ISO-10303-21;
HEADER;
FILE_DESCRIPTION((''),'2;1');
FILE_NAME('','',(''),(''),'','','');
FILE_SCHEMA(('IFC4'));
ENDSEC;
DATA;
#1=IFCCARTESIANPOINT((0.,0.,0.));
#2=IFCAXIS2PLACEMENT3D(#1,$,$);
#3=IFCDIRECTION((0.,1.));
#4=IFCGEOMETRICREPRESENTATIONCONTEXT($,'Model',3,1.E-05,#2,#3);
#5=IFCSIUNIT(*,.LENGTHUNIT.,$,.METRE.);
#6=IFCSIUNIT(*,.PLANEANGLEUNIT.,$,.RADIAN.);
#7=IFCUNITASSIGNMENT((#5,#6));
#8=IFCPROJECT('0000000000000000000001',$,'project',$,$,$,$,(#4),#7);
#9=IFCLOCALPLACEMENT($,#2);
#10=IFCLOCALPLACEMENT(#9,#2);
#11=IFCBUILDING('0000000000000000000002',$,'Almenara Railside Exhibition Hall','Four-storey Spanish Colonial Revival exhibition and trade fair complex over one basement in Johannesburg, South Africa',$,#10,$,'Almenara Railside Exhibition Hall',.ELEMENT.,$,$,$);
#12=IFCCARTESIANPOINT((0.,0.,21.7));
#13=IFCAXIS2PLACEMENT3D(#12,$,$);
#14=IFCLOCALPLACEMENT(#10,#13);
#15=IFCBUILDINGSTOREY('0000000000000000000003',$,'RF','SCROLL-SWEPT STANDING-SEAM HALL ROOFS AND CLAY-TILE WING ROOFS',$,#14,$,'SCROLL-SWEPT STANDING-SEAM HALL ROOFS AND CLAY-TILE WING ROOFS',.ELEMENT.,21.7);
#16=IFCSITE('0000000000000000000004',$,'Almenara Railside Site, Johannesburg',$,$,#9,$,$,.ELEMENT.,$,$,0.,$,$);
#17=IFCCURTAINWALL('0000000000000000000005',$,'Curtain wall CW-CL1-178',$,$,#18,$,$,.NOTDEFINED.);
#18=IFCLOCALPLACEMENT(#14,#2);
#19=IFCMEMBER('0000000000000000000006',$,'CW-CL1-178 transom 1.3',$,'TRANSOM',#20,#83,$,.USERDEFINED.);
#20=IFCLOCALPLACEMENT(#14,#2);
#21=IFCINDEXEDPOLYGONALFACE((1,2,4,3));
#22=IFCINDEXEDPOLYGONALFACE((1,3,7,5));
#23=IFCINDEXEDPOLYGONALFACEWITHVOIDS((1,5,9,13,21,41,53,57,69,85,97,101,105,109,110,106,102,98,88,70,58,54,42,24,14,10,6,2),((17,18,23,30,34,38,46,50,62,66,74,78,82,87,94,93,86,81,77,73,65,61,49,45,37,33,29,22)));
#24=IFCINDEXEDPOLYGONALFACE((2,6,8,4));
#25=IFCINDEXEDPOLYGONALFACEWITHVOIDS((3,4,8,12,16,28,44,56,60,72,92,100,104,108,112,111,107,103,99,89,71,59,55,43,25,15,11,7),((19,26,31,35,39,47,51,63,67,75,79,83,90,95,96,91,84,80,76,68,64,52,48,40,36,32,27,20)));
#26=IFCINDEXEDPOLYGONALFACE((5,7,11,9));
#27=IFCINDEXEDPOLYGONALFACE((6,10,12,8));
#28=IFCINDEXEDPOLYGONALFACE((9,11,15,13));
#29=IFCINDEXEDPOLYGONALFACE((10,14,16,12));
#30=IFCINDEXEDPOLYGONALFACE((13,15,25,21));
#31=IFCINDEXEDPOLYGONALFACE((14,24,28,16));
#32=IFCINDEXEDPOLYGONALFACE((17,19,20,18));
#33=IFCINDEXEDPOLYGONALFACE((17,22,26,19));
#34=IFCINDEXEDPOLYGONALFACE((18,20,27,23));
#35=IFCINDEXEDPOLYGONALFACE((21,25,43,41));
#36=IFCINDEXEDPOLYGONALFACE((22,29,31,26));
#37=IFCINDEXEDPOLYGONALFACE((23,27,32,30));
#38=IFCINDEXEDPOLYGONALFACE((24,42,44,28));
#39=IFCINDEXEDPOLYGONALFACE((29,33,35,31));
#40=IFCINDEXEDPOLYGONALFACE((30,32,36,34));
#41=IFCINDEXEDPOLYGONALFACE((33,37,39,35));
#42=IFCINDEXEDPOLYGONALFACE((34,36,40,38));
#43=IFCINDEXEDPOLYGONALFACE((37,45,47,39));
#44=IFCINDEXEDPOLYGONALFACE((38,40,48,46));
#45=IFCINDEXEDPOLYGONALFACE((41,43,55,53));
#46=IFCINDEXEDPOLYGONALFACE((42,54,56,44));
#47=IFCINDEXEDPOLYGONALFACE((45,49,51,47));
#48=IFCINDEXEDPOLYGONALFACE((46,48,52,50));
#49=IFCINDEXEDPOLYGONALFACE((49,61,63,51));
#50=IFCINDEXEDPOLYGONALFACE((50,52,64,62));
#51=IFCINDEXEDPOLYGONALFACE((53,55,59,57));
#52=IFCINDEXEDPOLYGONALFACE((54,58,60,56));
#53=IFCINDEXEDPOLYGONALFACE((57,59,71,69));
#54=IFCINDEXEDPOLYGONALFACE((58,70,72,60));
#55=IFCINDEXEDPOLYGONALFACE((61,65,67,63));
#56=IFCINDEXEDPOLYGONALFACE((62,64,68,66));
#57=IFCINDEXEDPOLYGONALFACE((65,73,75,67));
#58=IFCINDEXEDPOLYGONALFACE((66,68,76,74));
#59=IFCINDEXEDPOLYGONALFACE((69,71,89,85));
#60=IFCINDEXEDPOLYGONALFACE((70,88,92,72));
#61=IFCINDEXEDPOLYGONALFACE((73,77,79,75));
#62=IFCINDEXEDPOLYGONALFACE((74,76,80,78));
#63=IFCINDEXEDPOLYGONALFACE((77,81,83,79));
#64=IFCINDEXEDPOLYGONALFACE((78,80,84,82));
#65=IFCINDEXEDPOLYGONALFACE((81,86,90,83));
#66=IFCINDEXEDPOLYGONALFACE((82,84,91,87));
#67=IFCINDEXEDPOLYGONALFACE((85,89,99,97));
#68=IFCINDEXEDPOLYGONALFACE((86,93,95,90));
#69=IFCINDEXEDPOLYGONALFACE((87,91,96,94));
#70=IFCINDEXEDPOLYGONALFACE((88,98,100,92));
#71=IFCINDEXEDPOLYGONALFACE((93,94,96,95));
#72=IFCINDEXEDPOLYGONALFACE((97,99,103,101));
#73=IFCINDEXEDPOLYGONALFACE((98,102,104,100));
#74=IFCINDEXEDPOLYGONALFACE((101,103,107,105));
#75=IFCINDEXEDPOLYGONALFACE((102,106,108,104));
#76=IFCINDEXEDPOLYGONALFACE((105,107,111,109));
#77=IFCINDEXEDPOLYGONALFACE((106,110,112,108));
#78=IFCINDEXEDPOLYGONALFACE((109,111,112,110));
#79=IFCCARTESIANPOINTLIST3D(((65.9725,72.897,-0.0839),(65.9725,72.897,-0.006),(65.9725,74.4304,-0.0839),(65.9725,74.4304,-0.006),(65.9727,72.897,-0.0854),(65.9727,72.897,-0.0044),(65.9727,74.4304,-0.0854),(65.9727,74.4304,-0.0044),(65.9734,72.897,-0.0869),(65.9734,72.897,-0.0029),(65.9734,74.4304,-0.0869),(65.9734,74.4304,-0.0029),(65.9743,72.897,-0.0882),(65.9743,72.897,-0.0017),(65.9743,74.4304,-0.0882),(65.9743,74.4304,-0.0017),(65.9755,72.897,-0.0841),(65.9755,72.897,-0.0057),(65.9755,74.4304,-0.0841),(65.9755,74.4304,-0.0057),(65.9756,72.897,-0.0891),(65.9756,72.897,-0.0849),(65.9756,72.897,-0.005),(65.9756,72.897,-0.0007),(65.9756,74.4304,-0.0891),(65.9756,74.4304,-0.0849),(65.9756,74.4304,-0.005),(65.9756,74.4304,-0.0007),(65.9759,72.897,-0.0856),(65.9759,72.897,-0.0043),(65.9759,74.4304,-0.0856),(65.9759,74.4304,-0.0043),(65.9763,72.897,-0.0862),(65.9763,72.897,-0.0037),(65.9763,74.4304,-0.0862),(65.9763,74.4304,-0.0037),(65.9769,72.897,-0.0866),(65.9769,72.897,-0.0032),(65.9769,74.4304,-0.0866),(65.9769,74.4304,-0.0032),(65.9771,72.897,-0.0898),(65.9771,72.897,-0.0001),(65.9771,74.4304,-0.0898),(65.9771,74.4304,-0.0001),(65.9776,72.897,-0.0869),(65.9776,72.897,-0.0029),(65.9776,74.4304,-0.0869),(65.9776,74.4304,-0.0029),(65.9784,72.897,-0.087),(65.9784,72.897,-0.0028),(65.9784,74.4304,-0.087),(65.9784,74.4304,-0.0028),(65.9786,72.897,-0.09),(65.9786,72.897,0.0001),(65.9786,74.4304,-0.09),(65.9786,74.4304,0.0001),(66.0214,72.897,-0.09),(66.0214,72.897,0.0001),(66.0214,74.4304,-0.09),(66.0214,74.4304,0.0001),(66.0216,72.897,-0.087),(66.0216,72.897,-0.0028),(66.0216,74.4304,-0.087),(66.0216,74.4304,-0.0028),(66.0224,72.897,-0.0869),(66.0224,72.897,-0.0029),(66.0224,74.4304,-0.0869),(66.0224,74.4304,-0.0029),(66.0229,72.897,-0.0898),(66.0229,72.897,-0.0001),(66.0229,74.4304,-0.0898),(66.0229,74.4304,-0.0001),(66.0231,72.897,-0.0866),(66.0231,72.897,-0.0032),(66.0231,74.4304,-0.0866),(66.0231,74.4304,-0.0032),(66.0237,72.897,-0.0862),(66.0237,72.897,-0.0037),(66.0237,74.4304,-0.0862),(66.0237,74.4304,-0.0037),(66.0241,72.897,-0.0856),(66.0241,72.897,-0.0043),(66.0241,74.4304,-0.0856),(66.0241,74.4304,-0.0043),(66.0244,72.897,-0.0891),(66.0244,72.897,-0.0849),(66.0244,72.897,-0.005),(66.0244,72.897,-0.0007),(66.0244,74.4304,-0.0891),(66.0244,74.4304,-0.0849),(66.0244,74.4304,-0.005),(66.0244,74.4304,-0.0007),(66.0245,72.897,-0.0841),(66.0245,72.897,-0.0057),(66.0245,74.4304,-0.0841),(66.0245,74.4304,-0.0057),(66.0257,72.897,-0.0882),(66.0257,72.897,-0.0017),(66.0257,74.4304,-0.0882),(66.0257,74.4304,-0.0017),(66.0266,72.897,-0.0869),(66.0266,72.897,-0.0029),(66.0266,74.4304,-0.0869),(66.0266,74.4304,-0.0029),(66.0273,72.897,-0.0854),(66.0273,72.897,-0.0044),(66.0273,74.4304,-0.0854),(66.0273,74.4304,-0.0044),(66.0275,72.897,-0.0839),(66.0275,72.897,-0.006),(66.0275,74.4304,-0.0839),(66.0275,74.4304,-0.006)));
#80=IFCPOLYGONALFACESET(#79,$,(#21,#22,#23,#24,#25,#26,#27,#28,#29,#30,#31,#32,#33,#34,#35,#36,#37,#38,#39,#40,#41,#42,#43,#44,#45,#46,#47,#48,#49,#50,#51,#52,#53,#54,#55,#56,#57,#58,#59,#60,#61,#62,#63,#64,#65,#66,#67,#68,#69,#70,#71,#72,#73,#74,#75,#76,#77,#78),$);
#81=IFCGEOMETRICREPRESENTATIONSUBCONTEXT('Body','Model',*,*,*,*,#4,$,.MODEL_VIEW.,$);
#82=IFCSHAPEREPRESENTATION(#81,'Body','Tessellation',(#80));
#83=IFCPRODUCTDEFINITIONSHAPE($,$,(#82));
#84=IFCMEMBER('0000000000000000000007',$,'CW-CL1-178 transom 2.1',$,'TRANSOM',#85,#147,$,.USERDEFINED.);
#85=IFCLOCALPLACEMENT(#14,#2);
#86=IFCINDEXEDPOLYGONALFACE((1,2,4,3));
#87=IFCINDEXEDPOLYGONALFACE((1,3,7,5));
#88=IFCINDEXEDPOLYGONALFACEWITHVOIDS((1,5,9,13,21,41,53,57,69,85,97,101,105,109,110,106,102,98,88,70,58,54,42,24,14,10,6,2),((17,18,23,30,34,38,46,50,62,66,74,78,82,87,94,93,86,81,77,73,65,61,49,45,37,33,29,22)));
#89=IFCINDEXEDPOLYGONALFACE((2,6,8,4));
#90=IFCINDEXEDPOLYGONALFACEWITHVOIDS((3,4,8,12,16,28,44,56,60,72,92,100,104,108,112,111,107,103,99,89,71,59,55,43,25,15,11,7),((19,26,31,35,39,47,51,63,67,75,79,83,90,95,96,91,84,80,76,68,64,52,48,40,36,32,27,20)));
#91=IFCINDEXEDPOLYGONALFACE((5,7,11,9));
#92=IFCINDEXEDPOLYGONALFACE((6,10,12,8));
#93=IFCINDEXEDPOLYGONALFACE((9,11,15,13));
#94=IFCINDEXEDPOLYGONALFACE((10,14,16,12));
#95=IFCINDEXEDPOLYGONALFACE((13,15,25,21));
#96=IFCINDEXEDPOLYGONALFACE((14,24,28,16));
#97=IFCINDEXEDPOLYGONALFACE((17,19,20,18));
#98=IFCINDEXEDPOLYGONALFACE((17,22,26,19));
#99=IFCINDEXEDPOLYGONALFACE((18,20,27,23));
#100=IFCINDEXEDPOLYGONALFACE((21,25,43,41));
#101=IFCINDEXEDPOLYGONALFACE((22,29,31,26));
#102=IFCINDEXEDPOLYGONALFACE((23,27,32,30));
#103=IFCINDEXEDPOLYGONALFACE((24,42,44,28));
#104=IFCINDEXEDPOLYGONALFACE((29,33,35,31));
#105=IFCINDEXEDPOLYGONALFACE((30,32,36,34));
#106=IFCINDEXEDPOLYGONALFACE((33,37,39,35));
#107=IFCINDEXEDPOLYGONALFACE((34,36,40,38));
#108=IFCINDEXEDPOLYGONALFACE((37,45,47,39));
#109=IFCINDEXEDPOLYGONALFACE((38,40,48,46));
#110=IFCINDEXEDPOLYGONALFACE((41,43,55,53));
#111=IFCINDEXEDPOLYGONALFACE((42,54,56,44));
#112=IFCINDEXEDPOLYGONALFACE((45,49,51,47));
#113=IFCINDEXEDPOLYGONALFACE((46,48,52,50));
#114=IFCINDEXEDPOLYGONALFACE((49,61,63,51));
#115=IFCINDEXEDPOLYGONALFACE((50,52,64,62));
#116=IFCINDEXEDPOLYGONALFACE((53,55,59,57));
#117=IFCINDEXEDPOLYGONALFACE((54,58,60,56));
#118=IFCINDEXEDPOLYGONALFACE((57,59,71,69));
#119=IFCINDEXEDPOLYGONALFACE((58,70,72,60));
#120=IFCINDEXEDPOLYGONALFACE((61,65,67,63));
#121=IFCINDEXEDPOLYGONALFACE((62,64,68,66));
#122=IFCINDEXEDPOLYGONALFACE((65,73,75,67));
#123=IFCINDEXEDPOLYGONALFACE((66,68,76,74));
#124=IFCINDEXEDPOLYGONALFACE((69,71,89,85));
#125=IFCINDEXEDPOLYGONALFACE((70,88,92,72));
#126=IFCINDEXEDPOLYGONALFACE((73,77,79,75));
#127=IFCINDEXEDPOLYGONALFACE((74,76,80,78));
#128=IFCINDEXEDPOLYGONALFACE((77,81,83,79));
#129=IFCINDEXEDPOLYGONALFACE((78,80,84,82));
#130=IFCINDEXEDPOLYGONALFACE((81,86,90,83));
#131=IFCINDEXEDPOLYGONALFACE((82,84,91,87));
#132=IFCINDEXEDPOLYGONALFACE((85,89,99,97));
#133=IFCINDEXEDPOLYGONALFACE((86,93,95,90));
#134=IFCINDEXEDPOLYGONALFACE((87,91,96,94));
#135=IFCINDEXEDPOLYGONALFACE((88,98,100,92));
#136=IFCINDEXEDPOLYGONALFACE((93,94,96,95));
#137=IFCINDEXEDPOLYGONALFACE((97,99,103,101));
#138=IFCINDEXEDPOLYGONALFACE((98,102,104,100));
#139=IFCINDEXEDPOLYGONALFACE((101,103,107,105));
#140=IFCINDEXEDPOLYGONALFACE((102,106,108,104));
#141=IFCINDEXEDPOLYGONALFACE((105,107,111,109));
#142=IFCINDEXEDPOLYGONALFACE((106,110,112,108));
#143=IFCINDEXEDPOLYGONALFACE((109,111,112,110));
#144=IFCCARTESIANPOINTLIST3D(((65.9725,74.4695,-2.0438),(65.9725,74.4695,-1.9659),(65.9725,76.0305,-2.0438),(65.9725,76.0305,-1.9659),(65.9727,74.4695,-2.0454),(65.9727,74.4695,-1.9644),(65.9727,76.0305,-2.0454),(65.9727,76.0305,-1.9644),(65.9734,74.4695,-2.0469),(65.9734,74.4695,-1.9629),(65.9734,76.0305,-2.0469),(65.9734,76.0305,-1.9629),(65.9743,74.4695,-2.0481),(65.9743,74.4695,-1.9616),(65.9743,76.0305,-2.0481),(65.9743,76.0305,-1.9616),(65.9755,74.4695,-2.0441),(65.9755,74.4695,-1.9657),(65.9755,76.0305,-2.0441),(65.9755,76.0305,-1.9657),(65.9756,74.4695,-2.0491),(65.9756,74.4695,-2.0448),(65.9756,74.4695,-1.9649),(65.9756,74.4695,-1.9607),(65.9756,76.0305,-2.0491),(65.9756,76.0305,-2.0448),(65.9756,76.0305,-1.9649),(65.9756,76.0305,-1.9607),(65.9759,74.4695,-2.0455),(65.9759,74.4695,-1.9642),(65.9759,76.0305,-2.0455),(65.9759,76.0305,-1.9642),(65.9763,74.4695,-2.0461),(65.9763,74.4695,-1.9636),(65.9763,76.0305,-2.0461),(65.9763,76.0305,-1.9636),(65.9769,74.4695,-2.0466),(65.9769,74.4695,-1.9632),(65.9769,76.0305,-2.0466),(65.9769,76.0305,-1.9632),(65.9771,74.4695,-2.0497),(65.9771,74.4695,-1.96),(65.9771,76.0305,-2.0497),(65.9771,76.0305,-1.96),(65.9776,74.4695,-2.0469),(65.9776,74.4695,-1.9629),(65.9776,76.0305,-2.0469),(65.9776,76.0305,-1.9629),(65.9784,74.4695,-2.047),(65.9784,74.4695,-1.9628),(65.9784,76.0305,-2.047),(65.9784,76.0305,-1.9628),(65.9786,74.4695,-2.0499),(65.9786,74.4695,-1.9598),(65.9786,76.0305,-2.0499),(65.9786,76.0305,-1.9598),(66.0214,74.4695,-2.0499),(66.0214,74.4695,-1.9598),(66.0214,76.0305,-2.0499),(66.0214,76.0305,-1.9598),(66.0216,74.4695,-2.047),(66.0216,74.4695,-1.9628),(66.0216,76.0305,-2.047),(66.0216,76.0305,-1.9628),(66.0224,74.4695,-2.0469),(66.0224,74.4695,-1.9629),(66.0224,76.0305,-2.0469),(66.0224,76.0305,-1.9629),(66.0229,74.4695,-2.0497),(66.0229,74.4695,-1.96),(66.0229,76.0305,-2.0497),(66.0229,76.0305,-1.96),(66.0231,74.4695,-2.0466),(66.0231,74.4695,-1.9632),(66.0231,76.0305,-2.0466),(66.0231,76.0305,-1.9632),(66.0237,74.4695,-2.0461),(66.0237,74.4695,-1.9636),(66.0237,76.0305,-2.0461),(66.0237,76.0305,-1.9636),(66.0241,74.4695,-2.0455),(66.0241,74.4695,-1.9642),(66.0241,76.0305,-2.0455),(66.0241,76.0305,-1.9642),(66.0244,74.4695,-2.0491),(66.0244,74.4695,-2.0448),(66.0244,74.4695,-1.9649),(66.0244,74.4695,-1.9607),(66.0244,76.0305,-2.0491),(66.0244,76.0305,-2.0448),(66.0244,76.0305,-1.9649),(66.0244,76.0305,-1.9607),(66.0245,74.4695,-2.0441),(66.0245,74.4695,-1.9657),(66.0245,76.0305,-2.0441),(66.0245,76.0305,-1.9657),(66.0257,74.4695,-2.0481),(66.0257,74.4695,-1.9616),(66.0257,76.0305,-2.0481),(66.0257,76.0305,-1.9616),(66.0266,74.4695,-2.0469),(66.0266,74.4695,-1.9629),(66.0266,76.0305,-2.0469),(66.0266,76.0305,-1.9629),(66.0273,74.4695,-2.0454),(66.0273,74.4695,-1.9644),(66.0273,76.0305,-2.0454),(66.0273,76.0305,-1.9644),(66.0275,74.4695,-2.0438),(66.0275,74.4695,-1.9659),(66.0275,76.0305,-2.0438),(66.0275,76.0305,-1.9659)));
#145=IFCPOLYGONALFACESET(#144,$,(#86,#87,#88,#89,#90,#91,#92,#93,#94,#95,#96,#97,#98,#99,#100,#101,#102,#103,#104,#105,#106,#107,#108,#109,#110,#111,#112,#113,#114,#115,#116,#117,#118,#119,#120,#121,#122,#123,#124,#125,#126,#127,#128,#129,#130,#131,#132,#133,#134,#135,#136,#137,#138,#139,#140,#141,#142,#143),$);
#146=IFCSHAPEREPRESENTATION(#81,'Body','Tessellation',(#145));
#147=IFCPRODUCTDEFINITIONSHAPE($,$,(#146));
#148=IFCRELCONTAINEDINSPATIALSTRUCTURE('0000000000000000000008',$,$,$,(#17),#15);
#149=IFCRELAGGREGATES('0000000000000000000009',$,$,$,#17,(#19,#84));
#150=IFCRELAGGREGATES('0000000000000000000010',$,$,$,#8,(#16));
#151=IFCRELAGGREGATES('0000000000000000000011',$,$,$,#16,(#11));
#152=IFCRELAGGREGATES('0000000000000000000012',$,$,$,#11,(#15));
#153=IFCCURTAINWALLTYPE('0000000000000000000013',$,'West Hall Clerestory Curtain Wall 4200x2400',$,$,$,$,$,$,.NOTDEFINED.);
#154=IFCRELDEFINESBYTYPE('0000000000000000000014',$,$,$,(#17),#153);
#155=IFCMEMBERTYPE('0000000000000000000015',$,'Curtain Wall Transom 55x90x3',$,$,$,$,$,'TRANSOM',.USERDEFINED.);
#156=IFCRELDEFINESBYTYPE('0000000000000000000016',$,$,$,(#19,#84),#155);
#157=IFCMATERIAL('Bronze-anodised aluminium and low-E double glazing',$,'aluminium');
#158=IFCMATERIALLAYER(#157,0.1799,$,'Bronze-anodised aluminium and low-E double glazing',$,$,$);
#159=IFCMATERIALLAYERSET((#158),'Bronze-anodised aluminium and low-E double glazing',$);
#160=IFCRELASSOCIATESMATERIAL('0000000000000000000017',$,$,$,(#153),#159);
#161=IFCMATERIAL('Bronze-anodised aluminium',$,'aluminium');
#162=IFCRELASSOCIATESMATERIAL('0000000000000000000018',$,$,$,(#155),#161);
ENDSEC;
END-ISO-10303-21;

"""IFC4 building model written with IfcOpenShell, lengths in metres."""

from ifc_helpers import new_model, si_unit, direction, frame, origin, origin_2d, place, context, subcontext, project, spatial, hollow_rectangle, extrude, material, layer, layer_set, material_profile, profile_set, type_object, element, aggregate, save


model = new_model("IFC4")

# Units and contexts
model_context = context("Model", 3, precision=1e-05, world=origin(), true_north=direction((0.0, 1.0)))
body_context = subcontext(model_context, "Body", "Model", "MODEL_VIEW")
ifc_project = project(units=[si_unit("LENGTHUNIT", "METRE"), si_unit("PLANEANGLEUNIT", "RADIAN")], contexts=[model_context])

# Site, building, storey
site_placement = place(None, origin())
site = spatial("IfcSite", under=ifc_project, at=site_placement, Name="Almenara Railside Site, Johannesburg", CompositionType="ELEMENT", RefElevation=0.0)
building_placement = place(site_placement, origin())
building = spatial("IfcBuilding", under=site, at=building_placement, Name="Almenara Railside Exhibition Hall", Description="Four-storey Spanish Colonial Revival exhibition and trade fair complex over one basement in Johannesburg, South Africa", LongName="Almenara Railside Exhibition Hall", CompositionType="ELEMENT")
storey_placement = place(building_placement, frame((0.0, 0.0, 21.7)))
storey = spatial("IfcBuildingStorey", under=building, at=storey_placement, Name="RF", Description="SCROLL-SWEPT STANDING-SEAM HALL ROOFS AND CLAY-TILE WING ROOFS", LongName="SCROLL-SWEPT STANDING-SEAM HALL ROOFS AND CLAY-TILE WING ROOFS", CompositionType="ELEMENT", Elevation=21.7)

# Curtain wall
ifc_material_1 = material(Name="Bronze-anodised aluminium and low-E double glazing", Category="aluminium")
ifc_layer_1 = layer(ifc_material_1, 0.1799, Name="Bronze-anodised aluminium and low-E double glazing")
ifc_layer_set_1 = layer_set([ifc_layer_1], Name="Bronze-anodised aluminium and low-E double glazing")
curtain_wall_type = type_object("IfcCurtainWallType", Name="West Hall Clerestory Curtain Wall 4200x2400", PredefinedType="NOTDEFINED", material=ifc_layer_set_1)
curtain_wall_1_placement = place(storey_placement, origin())
curtain_wall_1 = element("IfcCurtainWall", 1, at=curtain_wall_1_placement, inside=storey, type_object=curtain_wall_type, Name="Curtain wall CW-CL1-178", PredefinedType="NOTDEFINED")
ifc_material_2 = material(Name="Bronze-anodised aluminium", Category="aluminium")

# Members
ifc_material_profile_1 = material_profile(ifc_material_2, hollow_rectangle(XDim=0.0549, YDim=0.0901, WallThickness=0.0029, InnerFilletRadius=0.0029, OuterFilletRadius=0.0061, at=origin_2d()), Name="ALU-TRN 55x90x3")
ifc_profile_set_1 = profile_set([ifc_material_profile_1], Name="Bronze-anodised aluminium")
member_type_1 = type_object("IfcMemberType", Name="Curtain Wall Transom 55x90x3", ElementType="TRANSOM", PredefinedType="USERDEFINED", material=ifc_profile_set_1)
member_1_placement = place(storey_placement, frame((66.0, 72.897, -0.0449), z_axis=(0.0, 1.0, 0.0), x_axis=(-1.0, 0.0, 0.0)))
member_1 = element("IfcMember", 2, at=member_1_placement, type_object=member_type_1, Name="CW-CL1-178 transom 1.3", ObjectType="TRANSOM", PredefinedType="USERDEFINED", context=body_context, shape_type="SweptSolid", body=[
    extrude(hollow_rectangle(XDim=0.0549, YDim=0.0901, WallThickness=0.0029, InnerFilletRadius=0.0029, OuterFilletRadius=0.0061, at=origin_2d()), origin(), (0.0, 0.0, 1.0), 1.5334),
])
member_2_placement = place(storey_placement, frame((66.0, 74.4695, -2.0049), z_axis=(0.0, 1.0, 0.0), x_axis=(-1.0, 0.0, 0.0)))
member_2 = element("IfcMember", 3, at=member_2_placement, type_object=member_type_1, Name="CW-CL1-178 transom 2.1", ObjectType="TRANSOM", PredefinedType="USERDEFINED", context=body_context, shape_type="SweptSolid", body=[
    extrude(hollow_rectangle(XDim=0.0549, YDim=0.0901, WallThickness=0.0029, InnerFilletRadius=0.0029, OuterFilletRadius=0.0061, at=origin_2d()), origin(), (0.0, 0.0, 1.0), 1.561),
])

aggregate(curtain_wall_1, [member_1, member_2])

save(model, "model.ifc")
